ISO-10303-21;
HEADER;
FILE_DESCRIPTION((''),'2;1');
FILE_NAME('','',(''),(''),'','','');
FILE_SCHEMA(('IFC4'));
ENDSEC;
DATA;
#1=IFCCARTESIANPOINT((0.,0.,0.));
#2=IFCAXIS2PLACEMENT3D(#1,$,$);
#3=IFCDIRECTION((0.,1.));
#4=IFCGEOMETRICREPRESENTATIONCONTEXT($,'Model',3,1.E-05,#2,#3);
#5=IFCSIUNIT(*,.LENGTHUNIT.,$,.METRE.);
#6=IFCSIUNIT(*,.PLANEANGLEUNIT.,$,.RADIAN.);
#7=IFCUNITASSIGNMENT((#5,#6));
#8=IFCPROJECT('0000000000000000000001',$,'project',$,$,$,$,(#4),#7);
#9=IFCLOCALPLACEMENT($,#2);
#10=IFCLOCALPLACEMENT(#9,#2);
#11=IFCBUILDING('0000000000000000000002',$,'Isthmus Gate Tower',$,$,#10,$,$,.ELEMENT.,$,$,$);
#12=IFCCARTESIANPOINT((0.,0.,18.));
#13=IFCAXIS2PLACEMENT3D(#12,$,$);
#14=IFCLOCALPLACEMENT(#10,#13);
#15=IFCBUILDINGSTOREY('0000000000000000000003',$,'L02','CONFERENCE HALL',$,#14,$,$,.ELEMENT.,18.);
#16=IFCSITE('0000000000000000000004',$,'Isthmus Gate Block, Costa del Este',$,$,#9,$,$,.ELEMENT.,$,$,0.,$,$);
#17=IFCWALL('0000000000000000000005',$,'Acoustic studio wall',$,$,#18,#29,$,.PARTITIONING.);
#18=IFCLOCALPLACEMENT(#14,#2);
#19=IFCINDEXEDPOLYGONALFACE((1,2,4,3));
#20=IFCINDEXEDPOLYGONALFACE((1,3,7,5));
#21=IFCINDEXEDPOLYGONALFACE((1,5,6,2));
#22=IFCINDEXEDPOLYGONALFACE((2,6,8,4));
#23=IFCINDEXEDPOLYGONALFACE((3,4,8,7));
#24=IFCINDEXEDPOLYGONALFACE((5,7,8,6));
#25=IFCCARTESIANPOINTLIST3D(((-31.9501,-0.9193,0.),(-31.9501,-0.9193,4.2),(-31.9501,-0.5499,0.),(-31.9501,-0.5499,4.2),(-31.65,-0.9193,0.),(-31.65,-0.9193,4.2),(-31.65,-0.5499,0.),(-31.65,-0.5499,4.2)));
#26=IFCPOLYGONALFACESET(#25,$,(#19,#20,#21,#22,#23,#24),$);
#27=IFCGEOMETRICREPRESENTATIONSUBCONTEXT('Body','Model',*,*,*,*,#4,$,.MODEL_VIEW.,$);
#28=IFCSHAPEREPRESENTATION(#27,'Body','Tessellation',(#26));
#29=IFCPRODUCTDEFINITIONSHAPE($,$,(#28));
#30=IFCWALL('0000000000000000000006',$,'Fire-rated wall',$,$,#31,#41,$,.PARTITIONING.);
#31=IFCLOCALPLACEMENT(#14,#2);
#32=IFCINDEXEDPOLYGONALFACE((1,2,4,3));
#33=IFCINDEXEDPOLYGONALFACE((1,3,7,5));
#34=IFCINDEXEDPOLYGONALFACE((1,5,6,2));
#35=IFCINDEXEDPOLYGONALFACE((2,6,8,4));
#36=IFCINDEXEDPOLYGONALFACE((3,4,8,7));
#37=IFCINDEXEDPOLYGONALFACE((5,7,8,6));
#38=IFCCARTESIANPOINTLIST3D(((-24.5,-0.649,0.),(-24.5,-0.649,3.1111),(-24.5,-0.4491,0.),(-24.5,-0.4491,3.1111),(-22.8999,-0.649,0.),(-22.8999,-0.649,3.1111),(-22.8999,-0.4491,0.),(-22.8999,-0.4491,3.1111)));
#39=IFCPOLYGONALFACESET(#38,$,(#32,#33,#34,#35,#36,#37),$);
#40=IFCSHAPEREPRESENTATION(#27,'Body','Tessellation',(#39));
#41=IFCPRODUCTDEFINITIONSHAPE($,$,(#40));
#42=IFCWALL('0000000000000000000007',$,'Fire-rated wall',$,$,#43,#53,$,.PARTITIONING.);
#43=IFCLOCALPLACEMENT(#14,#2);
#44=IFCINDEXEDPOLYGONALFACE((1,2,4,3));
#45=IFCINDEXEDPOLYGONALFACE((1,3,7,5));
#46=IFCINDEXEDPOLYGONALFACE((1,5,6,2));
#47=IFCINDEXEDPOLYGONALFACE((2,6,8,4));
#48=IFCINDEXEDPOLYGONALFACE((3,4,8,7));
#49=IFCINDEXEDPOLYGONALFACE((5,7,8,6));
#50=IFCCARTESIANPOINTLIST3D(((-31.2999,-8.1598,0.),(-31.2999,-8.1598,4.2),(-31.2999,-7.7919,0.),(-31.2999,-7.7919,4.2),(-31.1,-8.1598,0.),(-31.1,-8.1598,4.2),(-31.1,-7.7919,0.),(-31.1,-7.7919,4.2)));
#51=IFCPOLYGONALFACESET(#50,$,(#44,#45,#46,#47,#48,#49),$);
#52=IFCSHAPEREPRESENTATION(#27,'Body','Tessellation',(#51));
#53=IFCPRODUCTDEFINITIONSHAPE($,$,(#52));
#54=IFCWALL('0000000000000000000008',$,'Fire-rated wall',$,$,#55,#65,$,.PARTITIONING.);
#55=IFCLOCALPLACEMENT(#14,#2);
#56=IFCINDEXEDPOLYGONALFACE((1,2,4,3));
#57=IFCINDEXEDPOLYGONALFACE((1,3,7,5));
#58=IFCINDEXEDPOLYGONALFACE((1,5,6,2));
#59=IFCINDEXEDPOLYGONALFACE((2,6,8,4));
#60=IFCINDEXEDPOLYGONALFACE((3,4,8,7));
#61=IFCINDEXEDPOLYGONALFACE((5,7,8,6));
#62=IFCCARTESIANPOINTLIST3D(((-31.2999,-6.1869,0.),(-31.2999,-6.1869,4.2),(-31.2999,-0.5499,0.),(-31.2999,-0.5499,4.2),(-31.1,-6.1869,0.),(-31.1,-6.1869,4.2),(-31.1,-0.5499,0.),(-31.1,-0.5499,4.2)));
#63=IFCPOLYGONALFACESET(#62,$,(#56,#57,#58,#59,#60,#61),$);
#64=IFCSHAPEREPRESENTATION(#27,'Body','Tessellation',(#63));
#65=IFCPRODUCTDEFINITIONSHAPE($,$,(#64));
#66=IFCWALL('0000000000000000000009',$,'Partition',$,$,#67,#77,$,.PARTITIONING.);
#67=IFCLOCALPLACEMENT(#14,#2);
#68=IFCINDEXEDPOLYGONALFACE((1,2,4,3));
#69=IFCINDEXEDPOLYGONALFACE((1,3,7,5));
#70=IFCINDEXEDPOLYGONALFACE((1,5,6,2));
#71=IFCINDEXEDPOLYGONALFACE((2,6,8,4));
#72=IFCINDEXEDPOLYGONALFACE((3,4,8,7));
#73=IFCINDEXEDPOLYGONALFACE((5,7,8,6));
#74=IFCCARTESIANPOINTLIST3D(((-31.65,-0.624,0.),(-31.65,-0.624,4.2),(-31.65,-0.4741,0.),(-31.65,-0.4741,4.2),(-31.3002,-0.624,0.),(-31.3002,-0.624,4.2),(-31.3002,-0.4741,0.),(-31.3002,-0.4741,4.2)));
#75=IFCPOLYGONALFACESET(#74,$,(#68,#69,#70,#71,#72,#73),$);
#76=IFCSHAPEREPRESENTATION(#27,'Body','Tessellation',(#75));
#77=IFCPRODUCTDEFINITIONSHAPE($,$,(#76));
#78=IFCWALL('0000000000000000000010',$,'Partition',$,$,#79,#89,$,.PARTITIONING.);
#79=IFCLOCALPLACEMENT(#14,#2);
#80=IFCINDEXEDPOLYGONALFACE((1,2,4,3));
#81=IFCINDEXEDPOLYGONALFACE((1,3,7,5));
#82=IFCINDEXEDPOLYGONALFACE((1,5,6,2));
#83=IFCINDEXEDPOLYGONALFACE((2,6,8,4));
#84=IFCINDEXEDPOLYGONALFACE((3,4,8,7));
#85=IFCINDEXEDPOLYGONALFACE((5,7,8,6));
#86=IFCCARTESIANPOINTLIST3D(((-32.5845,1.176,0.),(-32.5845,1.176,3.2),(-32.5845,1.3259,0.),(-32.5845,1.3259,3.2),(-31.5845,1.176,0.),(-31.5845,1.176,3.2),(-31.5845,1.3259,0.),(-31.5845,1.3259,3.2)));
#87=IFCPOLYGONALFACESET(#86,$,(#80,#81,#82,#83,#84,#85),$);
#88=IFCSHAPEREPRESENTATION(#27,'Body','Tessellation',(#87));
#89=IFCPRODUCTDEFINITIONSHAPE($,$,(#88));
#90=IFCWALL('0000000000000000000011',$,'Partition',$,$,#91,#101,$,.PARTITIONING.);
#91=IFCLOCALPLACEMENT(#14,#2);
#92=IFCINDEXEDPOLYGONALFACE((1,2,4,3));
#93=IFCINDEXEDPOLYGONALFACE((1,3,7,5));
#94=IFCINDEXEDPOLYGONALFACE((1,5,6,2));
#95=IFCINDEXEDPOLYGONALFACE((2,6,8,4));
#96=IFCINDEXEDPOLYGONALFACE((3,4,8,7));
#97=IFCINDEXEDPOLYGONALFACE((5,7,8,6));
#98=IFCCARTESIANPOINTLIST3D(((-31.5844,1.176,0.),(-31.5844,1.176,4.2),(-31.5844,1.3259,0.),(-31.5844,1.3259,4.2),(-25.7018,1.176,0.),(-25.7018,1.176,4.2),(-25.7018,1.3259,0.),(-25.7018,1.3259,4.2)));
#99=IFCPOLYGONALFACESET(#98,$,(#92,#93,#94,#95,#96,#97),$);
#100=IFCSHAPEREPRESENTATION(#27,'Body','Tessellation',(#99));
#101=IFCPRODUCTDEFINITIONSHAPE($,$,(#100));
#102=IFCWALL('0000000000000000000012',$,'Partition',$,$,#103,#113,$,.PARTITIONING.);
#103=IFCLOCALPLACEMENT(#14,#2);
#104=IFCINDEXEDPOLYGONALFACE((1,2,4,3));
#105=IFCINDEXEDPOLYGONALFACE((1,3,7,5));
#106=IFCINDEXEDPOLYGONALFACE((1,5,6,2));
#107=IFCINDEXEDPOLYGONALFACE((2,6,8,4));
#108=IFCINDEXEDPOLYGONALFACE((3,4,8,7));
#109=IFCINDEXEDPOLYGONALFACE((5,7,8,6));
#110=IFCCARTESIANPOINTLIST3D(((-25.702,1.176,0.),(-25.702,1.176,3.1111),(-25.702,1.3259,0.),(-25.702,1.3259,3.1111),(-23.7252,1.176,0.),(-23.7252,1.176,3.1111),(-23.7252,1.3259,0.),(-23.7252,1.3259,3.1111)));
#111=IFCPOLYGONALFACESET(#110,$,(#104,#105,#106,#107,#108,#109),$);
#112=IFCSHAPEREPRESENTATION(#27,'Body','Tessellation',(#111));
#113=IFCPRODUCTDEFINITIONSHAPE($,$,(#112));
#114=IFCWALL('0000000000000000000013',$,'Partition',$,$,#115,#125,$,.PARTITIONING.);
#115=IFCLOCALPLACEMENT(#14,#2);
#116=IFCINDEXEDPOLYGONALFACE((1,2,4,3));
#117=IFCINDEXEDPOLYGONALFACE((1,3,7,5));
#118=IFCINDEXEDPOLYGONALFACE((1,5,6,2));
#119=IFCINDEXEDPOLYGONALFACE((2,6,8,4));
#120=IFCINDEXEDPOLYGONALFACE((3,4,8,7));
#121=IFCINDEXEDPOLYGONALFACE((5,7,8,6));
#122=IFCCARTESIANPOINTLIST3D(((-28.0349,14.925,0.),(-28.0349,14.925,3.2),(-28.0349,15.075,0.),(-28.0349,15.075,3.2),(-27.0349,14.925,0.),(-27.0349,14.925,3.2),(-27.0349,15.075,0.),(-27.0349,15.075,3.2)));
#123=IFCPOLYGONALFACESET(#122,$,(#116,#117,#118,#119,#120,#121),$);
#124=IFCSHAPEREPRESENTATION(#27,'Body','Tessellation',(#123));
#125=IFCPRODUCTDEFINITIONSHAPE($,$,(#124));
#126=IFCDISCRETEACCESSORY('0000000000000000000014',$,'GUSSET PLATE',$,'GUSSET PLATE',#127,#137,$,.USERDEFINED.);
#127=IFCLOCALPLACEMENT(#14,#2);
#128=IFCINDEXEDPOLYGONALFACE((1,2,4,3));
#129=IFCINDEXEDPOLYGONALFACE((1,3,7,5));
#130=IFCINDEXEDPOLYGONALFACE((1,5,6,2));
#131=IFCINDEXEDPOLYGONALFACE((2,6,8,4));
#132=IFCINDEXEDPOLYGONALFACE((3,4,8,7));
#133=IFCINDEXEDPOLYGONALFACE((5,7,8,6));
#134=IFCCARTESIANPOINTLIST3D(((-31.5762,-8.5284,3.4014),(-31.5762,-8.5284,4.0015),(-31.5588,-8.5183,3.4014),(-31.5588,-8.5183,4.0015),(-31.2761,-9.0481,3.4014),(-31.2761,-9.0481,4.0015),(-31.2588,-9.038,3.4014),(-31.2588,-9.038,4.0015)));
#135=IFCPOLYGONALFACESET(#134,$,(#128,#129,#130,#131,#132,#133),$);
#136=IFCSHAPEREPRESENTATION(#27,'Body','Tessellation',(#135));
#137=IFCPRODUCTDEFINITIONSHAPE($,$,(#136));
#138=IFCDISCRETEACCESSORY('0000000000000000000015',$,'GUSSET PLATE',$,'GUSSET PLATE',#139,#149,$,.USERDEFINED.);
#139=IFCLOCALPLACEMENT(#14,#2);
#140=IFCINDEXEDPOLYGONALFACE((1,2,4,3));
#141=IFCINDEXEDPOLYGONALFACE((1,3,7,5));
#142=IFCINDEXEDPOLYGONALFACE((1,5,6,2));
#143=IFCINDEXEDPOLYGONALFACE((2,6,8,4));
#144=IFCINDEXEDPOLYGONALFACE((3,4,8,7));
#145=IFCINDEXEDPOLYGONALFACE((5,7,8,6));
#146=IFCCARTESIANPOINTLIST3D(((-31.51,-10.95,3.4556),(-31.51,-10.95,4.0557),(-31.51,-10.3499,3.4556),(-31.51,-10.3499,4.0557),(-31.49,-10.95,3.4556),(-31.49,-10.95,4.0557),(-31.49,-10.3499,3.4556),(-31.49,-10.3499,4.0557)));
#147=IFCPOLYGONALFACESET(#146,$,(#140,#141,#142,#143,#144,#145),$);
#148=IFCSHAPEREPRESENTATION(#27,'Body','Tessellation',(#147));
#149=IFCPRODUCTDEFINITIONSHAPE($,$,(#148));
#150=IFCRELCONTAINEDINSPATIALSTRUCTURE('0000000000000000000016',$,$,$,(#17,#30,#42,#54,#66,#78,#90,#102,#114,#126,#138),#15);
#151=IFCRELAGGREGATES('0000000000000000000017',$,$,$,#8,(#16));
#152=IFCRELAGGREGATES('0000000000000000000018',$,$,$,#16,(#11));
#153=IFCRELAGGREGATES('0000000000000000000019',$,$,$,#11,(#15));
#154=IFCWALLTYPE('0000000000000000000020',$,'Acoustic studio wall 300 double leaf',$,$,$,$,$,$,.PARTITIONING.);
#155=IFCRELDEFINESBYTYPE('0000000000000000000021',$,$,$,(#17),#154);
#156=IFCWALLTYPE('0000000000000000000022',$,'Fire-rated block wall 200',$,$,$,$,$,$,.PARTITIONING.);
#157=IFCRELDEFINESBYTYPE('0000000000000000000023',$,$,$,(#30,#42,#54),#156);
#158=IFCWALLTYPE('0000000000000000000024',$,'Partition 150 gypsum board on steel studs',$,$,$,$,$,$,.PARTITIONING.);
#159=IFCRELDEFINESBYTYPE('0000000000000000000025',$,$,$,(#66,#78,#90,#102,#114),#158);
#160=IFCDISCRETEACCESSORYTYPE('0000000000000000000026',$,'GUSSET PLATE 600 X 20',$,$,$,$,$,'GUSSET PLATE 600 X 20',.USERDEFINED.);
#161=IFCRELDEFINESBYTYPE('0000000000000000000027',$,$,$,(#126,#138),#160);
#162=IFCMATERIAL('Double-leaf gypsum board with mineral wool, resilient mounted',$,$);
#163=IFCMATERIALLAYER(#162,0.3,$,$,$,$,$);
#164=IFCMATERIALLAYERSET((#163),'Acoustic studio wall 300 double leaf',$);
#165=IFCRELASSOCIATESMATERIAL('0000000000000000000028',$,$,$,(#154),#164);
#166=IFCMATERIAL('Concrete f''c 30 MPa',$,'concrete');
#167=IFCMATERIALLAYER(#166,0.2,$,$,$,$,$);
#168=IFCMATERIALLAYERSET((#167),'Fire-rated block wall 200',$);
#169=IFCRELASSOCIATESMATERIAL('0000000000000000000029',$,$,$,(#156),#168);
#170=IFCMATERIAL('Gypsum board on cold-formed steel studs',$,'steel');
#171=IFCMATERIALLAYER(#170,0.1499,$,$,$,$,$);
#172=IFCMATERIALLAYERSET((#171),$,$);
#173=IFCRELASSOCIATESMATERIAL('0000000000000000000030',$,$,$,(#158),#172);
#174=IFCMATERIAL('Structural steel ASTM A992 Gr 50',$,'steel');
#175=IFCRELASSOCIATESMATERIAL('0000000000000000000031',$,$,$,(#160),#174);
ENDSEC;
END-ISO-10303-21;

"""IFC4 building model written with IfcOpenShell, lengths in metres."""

from ifc_helpers import new_model, si_unit, direction, frame, frame_2d, origin, origin_2d, place, context, subcontext, project, spatial, rectangle, extrude, material, layer, layer_set, type_object, element, save


model = new_model("IFC4")

# Units and contexts
model_context = context("Model", 3, precision=1e-05, world=origin(), true_north=direction((0.0, 1.0)))
body_context = subcontext(model_context, "Body", "Model", "MODEL_VIEW")
ifc_project = project(units=[si_unit("LENGTHUNIT", "METRE"), si_unit("PLANEANGLEUNIT", "RADIAN")], contexts=[model_context])

# Site, building, storey
site_placement = place(None, origin())
site = spatial("IfcSite", under=ifc_project, at=site_placement, Name="Isthmus Gate Block, Costa del Este", CompositionType="ELEMENT", RefElevation=0.0)
building_placement = place(site_placement, origin())
building = spatial("IfcBuilding", under=site, at=building_placement, Name="Isthmus Gate Tower", CompositionType="ELEMENT")
storey_placement = place(building_placement, frame((0.0, 0.0, 18.0)))
storey = spatial("IfcBuildingStorey", under=building, at=storey_placement, Name="L02", Description="CONFERENCE HALL", CompositionType="ELEMENT", Elevation=18.0)

# Wall
ifc_material_1 = material(Name="Double-leaf gypsum board with mineral wool, resilient mounted")
ifc_layer_1 = layer(ifc_material_1, 0.3)
ifc_layer_set_1 = layer_set([ifc_layer_1], Name="Acoustic studio wall 300 double leaf")
wall_type_1 = type_object("IfcWallType", Name="Acoustic studio wall 300 double leaf", PredefinedType="PARTITIONING", material=ifc_layer_set_1)
wall_1_placement = place(storey_placement, frame((-31.8, -0.9192, 0.0), z_axis=(0.0, 0.0, 1.0), x_axis=(0.0, 1.0, 0.0)))
element("IfcWall", 1, at=wall_1_placement, inside=storey, type_object=wall_type_1, Name="Acoustic studio wall", PredefinedType="PARTITIONING", context=body_context, shape_type="SweptSolid", body=[
    extrude(rectangle(XDim=0.3694, YDim=0.3, at=frame_2d((0.1846, 0.0))), origin(), (0.0, 0.0, 1.0), 4.2),
])

# Shared definitions
ifc_material_2 = material(Name="Concrete f'c 30 MPa", Category="concrete")
ifc_layer_2 = layer(ifc_material_2, 0.2)
ifc_layer_set_2 = layer_set([ifc_layer_2], Name="Fire-rated block wall 200")
wall_type_2 = type_object("IfcWallType", Name="Fire-rated block wall 200", PredefinedType="PARTITIONING", material=ifc_layer_set_2)

# Walls
wall_2_placement = place(storey_placement, frame((-24.5, -0.5491, 0.0), z_axis=(0.0, 0.0, 1.0), x_axis=(1.0, 0.0, 0.0)))
element("IfcWall", 2, at=wall_2_placement, inside=storey, type_object=wall_type_2, Name="Fire-rated wall", PredefinedType="PARTITIONING", context=body_context, shape_type="SweptSolid", body=[
    extrude(rectangle(XDim=1.6001, YDim=0.2, at=frame_2d((0.8, 0.0))), origin(), (0.0, 0.0, 1.0), 3.1111),
])
wall_3_placement = place(storey_placement, frame((-31.2, -8.1599, 0.0), z_axis=(0.0, 0.0, 1.0), x_axis=(0.0, 1.0, 0.0)))
element("IfcWall", 3, at=wall_3_placement, inside=storey, type_object=wall_type_2, Name="Fire-rated wall", PredefinedType="PARTITIONING", context=body_context, shape_type="SweptSolid", body=[
    extrude(rectangle(XDim=0.3679, YDim=0.2, at=frame_2d((0.1841, 0.0))), origin(), (0.0, 0.0, 1.0), 4.2),
])
wall_4_placement = place(storey_placement, frame((-31.2, -6.1868, 0.0), z_axis=(0.0, 0.0, 1.0), x_axis=(0.0, 1.0, 0.0)))
element("IfcWall", 4, at=wall_4_placement, inside=storey, type_object=wall_type_2, Name="Fire-rated wall", PredefinedType="PARTITIONING", context=body_context, shape_type="SweptSolid", body=[
    extrude(rectangle(XDim=5.637, YDim=0.2, at=frame_2d((2.8184, 0.0))), origin(), (0.0, 0.0, 1.0), 4.2),
])
ifc_material_3 = material(Name="Gypsum board on cold-formed steel studs", Category="steel")
ifc_layer_3 = layer(ifc_material_3, 0.1499)
ifc_layer_set_3 = layer_set([ifc_layer_3])
wall_type_3 = type_object("IfcWallType", Name="Partition 150 gypsum board on steel studs", PredefinedType="PARTITIONING", material=ifc_layer_set_3)
wall_5_placement = place(storey_placement, frame((-31.6499, -0.5491, 0.0), z_axis=(0.0, 0.0, 1.0), x_axis=(1.0, 0.0, 0.0)))
element("IfcWall", 5, at=wall_5_placement, inside=storey, type_object=wall_type_3, Name="Partition", PredefinedType="PARTITIONING", context=body_context, shape_type="SweptSolid", body=[
    extrude(rectangle(XDim=0.3499, YDim=0.1499, at=frame_2d((0.1748, 0.0))), origin(), (0.0, 0.0, 1.0), 4.2),
])
wall_6_placement = place(storey_placement, frame((-32.5845, 1.251, 0.0), z_axis=(0.0, 0.0, 1.0), x_axis=(1.0, 0.0, 0.0)))
element("IfcWall", 6, at=wall_6_placement, inside=storey, type_object=wall_type_3, Name="Partition", PredefinedType="PARTITIONING", context=body_context, shape_type="SweptSolid", body=[
    extrude(rectangle(XDim=1.0, YDim=0.1499, at=frame_2d((0.5, 0.0))), origin(), (0.0, 0.0, 1.0), 3.2),
])
wall_7_placement = place(storey_placement, frame((-31.5845, 1.251, 0.0), z_axis=(0.0, 0.0, 1.0), x_axis=(1.0, 0.0, 0.0)))
element("IfcWall", 7, at=wall_7_placement, inside=storey, type_object=wall_type_3, Name="Partition", PredefinedType="PARTITIONING", context=body_context, shape_type="SweptSolid", body=[
    extrude(rectangle(XDim=5.8826, YDim=0.1499, at=frame_2d((2.9414, 0.0))), origin(), (0.0, 0.0, 1.0), 4.2),
])
wall_8_placement = place(storey_placement, frame((-25.7019, 1.251, 0.0), z_axis=(0.0, 0.0, 1.0), x_axis=(1.0, 0.0, 0.0)))
element("IfcWall", 8, at=wall_8_placement, inside=storey, type_object=wall_type_3, Name="Partition", PredefinedType="PARTITIONING", context=body_context, shape_type="SweptSolid", body=[
    extrude(rectangle(XDim=1.9768, YDim=0.1499, at=frame_2d((0.9883, 0.0))), origin(), (0.0, 0.0, 1.0), 3.1111),
])
wall_9_placement = place(storey_placement, frame((-28.0349, 15.0, 0.0), z_axis=(0.0, 0.0, 1.0), x_axis=(1.0, 0.0, 0.0)))
element("IfcWall", 9, at=wall_9_placement, inside=storey, type_object=wall_type_3, Name="Partition", PredefinedType="PARTITIONING", context=body_context, shape_type="SweptSolid", body=[
    extrude(rectangle(XDim=1.0, YDim=0.1499, at=frame_2d((0.5, 0.0))), origin(), (0.0, 0.0, 1.0), 3.2),
])

# Discrete accessories
ifc_material_4 = material(Name="Structural steel ASTM A992 Gr 50", Category="steel")
discrete_accessory_type = type_object("IfcDiscreteAccessoryType", Name="GUSSET PLATE 600 X 20", ElementType="GUSSET PLATE 600 X 20", PredefinedType="USERDEFINED", material=ifc_material_4)
for number, where, z_axis, x_axis, name in (
    (10, (-31.4175, -8.7832, 3.4014), (0.0, 0.0, 1.0), (-0.5, 0.866025, 0.0), "GUSSET PLATE"),
    (11, (-31.5, -10.6499, 3.4556), (0.0, 0.0, 1.0), (0.0, 1.0, 0.0), "GUSSET PLATE"),
):
    element("IfcDiscreteAccessory", number, at=place(storey_placement, frame(where, z_axis=z_axis, x_axis=x_axis)), inside=storey, type_object=discrete_accessory_type, Name=name, ObjectType="GUSSET PLATE", PredefinedType="USERDEFINED", context=body_context, shape_type="SweptSolid", body=[
        extrude(rectangle(XDim=0.6001, YDim=0.02, at=origin_2d()), origin(), (0.0, 0.0, 1.0), 0.6001),
    ])

save(model, "model.ifc")
